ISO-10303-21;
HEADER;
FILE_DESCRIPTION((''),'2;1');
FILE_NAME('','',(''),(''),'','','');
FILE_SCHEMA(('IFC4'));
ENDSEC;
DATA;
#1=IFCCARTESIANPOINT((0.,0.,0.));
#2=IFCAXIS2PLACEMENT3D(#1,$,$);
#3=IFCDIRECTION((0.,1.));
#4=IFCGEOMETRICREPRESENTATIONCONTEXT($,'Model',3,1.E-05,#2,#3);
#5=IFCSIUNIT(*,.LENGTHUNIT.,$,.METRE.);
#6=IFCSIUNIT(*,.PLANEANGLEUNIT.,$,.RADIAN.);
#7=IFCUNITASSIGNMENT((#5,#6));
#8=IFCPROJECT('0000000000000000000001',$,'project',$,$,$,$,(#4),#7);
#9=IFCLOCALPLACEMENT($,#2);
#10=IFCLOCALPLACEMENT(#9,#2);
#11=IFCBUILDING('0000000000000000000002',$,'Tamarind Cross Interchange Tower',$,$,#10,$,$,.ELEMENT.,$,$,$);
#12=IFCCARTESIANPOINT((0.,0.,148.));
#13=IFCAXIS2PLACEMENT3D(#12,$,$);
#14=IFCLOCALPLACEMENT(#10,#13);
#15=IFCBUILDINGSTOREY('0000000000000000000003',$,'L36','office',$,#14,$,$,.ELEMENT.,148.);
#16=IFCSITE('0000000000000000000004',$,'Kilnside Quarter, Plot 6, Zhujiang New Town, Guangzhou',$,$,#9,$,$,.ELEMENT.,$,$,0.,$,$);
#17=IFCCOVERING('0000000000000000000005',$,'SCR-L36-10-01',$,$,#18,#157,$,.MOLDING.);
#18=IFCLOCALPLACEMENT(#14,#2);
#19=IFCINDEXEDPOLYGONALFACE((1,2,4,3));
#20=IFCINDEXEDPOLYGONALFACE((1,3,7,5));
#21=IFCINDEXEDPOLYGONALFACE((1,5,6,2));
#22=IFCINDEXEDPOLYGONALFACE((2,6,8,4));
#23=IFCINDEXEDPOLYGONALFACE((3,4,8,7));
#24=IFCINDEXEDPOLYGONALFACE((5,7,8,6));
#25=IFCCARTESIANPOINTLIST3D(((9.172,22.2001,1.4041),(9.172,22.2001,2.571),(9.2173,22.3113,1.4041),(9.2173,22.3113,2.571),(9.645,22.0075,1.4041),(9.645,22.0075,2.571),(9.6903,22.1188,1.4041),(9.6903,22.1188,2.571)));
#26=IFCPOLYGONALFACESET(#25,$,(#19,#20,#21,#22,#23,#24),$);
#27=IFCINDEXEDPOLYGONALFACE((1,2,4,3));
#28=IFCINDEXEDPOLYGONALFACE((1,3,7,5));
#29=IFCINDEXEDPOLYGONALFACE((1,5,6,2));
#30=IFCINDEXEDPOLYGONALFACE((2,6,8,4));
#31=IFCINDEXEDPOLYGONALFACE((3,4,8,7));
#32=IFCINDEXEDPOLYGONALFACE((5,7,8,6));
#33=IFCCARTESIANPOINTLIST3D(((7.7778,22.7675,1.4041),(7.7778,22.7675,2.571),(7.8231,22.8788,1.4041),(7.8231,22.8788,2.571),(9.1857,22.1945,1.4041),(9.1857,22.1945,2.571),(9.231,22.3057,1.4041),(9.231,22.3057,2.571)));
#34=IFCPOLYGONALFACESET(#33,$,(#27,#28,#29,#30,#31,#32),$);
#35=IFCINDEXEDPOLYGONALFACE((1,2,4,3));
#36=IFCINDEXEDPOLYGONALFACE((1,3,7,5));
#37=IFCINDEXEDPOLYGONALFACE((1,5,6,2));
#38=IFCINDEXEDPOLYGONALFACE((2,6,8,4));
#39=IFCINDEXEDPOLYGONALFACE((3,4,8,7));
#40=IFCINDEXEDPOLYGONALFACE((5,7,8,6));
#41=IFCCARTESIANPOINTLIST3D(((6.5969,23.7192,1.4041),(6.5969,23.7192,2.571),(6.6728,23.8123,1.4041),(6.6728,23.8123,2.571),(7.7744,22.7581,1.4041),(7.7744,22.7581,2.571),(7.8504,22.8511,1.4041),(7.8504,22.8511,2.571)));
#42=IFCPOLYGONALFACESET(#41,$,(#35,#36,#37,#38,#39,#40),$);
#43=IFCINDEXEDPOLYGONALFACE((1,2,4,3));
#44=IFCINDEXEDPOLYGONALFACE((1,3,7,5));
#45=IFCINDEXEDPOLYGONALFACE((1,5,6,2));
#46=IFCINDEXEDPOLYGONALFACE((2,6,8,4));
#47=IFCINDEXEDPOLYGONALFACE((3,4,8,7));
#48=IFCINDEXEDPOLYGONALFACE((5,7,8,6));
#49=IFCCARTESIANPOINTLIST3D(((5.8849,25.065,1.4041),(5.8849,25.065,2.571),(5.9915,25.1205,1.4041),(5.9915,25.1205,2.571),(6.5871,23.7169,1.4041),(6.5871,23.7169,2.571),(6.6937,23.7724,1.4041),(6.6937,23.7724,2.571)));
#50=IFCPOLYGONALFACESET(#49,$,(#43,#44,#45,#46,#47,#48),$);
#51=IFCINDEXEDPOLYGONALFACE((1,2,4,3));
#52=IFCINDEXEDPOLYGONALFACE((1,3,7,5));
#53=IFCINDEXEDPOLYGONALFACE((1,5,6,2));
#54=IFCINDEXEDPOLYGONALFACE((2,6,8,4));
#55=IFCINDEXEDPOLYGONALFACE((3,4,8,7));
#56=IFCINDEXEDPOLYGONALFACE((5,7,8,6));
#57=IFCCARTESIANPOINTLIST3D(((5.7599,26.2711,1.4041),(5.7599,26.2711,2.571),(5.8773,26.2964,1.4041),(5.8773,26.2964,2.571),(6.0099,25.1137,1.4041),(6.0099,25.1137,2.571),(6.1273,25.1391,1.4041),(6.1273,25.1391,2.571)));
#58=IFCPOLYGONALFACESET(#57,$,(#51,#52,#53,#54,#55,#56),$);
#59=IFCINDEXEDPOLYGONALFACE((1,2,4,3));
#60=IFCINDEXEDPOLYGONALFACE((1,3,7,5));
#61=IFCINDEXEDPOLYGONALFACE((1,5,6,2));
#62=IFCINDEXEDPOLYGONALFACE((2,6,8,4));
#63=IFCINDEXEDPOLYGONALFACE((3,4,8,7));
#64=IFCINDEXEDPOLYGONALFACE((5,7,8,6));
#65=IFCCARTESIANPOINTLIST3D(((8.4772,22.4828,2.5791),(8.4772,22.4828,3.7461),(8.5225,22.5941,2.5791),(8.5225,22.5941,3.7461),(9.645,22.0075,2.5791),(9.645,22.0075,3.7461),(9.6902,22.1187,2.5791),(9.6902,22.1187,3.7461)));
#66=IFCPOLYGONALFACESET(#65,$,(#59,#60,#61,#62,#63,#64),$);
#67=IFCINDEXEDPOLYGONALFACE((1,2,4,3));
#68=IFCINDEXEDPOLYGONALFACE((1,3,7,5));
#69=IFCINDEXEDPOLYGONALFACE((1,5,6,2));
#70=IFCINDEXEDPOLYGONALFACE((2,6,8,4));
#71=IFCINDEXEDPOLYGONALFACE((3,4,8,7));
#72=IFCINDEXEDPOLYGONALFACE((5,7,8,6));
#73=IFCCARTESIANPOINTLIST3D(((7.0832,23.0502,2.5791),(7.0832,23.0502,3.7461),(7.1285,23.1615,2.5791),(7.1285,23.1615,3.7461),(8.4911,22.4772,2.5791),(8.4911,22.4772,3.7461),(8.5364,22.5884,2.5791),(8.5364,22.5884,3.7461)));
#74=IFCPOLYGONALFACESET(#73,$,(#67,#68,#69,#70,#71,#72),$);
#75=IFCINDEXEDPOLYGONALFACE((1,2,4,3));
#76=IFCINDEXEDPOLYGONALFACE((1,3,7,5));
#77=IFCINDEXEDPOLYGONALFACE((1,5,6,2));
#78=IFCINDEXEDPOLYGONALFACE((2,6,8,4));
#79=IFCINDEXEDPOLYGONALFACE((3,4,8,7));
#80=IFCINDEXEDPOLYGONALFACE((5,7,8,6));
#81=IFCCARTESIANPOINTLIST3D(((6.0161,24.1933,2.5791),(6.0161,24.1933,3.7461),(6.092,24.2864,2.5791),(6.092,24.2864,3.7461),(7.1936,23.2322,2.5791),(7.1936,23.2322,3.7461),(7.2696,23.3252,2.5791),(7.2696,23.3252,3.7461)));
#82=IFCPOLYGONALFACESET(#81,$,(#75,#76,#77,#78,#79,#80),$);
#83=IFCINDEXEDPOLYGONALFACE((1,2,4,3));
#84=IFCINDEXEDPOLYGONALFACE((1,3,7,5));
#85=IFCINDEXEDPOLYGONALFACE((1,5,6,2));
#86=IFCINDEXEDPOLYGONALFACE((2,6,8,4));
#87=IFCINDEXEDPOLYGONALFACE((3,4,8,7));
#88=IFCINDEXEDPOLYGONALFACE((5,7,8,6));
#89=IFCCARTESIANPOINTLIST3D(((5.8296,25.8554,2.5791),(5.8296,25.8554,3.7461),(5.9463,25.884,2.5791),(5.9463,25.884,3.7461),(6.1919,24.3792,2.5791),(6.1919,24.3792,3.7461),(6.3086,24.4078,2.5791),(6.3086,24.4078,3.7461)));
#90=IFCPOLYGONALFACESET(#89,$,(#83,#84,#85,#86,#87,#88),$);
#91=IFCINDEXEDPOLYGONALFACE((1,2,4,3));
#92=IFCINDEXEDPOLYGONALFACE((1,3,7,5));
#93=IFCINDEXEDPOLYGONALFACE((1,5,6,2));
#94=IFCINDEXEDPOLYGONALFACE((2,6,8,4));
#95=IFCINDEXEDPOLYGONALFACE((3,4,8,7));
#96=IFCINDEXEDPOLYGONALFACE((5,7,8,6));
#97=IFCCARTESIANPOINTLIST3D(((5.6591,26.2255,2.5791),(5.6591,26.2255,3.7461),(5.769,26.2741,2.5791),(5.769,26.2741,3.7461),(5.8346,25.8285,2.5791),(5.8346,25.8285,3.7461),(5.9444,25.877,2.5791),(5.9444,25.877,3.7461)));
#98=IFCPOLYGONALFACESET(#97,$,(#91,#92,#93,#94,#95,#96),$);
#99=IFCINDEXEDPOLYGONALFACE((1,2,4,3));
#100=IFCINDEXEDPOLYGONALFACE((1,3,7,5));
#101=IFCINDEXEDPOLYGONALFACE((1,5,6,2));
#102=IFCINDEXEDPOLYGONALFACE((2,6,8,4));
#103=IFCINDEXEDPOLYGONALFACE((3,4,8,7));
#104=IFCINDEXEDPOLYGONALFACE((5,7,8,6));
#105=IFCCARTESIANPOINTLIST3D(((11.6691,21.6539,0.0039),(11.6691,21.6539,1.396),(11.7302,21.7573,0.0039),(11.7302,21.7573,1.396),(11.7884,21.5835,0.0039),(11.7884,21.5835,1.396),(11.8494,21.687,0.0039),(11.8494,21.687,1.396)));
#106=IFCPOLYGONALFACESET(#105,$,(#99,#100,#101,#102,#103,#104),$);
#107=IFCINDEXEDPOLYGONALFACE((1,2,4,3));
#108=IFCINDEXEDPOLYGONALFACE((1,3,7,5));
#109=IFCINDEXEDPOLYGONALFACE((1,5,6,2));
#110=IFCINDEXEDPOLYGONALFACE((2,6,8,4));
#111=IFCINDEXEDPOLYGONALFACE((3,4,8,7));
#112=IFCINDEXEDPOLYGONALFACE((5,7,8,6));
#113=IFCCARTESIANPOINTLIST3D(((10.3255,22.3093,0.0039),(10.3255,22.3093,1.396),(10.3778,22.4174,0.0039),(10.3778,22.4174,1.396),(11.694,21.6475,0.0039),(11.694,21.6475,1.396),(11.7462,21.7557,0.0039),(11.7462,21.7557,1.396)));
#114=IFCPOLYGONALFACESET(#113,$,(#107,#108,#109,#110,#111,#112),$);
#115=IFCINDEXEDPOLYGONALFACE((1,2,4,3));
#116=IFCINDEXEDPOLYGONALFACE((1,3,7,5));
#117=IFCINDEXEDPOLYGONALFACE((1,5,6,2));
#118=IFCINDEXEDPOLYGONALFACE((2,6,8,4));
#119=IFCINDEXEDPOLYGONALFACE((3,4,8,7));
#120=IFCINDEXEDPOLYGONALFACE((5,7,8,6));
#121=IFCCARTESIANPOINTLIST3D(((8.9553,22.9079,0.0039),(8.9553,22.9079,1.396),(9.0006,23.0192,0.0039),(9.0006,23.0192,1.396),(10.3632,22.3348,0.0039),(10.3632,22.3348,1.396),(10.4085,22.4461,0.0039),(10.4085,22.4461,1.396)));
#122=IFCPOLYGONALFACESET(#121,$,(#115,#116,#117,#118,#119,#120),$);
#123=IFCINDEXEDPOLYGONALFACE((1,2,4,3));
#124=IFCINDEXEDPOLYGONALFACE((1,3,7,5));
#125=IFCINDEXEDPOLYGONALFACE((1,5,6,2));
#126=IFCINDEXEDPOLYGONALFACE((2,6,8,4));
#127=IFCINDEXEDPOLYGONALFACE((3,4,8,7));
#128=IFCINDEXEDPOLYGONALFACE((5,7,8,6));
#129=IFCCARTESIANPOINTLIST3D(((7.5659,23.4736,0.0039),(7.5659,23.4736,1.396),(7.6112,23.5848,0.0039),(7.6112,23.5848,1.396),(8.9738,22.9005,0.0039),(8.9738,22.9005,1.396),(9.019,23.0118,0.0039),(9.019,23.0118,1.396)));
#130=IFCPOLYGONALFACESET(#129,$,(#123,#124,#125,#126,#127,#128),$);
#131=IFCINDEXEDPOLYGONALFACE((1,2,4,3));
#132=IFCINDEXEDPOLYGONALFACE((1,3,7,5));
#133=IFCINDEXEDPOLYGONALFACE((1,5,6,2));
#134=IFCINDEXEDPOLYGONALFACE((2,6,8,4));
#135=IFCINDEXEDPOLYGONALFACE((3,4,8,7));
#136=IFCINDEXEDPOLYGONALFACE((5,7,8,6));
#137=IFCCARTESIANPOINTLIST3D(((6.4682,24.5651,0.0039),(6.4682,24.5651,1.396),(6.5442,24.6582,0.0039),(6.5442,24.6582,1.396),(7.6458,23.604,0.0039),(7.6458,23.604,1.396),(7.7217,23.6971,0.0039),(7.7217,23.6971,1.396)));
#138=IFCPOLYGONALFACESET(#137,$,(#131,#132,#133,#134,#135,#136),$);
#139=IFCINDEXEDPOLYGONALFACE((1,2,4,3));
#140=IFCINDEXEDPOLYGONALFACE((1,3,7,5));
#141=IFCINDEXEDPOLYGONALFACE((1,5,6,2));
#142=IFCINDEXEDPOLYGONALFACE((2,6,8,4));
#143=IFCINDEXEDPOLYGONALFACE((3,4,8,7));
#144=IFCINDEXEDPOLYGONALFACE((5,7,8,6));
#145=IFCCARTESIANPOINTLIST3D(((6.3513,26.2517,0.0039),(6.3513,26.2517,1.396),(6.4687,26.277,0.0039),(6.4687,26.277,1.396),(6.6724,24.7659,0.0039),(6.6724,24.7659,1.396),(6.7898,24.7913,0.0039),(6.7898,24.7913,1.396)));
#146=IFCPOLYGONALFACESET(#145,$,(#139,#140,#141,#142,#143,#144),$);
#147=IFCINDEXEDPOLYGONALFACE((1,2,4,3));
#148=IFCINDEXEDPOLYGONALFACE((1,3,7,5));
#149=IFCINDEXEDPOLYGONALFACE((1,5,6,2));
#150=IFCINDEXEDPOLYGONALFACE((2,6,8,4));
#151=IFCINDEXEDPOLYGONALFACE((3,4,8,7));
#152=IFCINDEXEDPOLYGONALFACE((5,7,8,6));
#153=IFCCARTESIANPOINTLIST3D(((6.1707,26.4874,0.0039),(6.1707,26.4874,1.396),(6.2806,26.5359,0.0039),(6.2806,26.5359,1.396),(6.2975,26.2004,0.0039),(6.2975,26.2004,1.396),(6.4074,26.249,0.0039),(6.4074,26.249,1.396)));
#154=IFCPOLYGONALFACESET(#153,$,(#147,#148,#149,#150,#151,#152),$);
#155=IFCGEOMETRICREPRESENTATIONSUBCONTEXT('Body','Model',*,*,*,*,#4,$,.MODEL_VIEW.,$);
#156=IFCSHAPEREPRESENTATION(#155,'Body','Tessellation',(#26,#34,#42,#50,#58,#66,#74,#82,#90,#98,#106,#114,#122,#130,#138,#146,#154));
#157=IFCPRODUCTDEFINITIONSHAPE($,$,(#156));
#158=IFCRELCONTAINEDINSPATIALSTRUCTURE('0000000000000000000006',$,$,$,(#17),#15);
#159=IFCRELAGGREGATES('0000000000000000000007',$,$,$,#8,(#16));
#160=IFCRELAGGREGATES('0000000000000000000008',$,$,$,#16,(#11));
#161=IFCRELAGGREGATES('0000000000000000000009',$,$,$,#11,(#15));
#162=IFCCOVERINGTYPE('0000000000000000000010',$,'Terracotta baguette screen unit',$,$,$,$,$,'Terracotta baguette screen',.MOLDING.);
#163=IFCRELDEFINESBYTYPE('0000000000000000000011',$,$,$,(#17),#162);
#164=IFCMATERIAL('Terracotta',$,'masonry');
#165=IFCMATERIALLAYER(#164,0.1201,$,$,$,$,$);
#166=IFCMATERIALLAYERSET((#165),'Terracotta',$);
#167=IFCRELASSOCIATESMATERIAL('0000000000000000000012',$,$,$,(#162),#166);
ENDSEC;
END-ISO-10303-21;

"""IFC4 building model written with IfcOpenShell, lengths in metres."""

from ifc_helpers import new_model, si_unit, direction, frame, origin, origin_2d, place, context, subcontext, project, spatial, rectangle, extrude, material, layer, layer_set, type_object, element, save


model = new_model("IFC4")

# Units and contexts
model_context = context("Model", 3, precision=1e-05, world=origin(), true_north=direction((0.0, 1.0)))
body_context = subcontext(model_context, "Body", "Model", "MODEL_VIEW")
ifc_project = project(units=[si_unit("LENGTHUNIT", "METRE"), si_unit("PLANEANGLEUNIT", "RADIAN")], contexts=[model_context])

# Site, building, storey
site_placement = place(None, origin())
site = spatial("IfcSite", under=ifc_project, at=site_placement, Name="Kilnside Quarter, Plot 6, Zhujiang New Town, Guangzhou", CompositionType="ELEMENT", RefElevation=0.0)
building_placement = place(site_placement, origin())
building = spatial("IfcBuilding", under=site, at=building_placement, Name="Tamarind Cross Interchange Tower", CompositionType="ELEMENT")
storey_placement = place(building_placement, frame((0.0, 0.0, 148.0)))
storey = spatial("IfcBuildingStorey", under=building, at=storey_placement, Name="L36", Description="office", CompositionType="ELEMENT", Elevation=148.0)

# Covering
ifc_material_1 = material(Name="Terracotta", Category="masonry")
ifc_layer_1 = layer(ifc_material_1, 0.1201)
ifc_layer_set_1 = layer_set([ifc_layer_1], Name="Terracotta")
covering_type = type_object("IfcCoveringType", Name="Terracotta baguette screen unit", ElementType="Terracotta baguette screen", PredefinedType="MOLDING", material=ifc_layer_set_1)
covering_1_placement = place(storey_placement, origin())
element("IfcCovering", 1, at=covering_1_placement, inside=storey, type_object=covering_type, Name="SCR-L36-10-01", PredefinedType="MOLDING", context=body_context, shape_type="SweptSolid", body=[
    extrude(rectangle(XDim=0.5107, YDim=0.1201, at=origin_2d()), frame((9.4312, 22.1594, 1.4041), z_axis=(0.0, 0.0, 1.0), x_axis=(-0.926207, 0.377016, 0.0)), (0.0, 0.0, 1.0), 1.167),
    extrude(rectangle(XDim=1.52, YDim=0.1201, at=origin_2d()), frame((8.5044, 22.5366, 1.4041), z_axis=(0.0, 0.0, 1.0), x_axis=(-0.926207, 0.377016, 0.0)), (0.0, 0.0, 1.0), 1.167),
    extrude(rectangle(XDim=1.52, YDim=0.1201, at=origin_2d()), frame((7.2236, 23.2852, 1.4041), z_axis=(0.0, 0.0, 1.0), x_axis=(-0.77471, 0.632316, 0.0)), (0.0, 0.0, 1.0), 1.167),
    extrude(rectangle(XDim=1.52, YDim=0.1201, at=origin_2d()), frame((6.2893, 24.4187, 1.4041), z_axis=(0.0, 0.0, 1.0), x_axis=(-0.461967, 0.886897, 0.0)), (0.0, 0.0, 1.0), 1.167),
    extrude(rectangle(XDim=1.1841, YDim=0.1201, at=origin_2d()), frame((5.9436, 25.7051, 1.4041), z_axis=(0.0, 0.0, 1.0), x_axis=(-0.211203, 0.977442, 0.0)), (0.0, 0.0, 1.0), 1.167),
    extrude(rectangle(XDim=1.2607, YDim=0.1201, at=origin_2d()), frame((9.0837, 22.3008, 2.5791), z_axis=(0.0, 0.0, 1.0), x_axis=(-0.926207, 0.377016, 0.0)), (0.0, 0.0, 1.0), 1.167),
    extrude(rectangle(XDim=1.52, YDim=0.1201, at=origin_2d()), frame((7.8098, 22.8193, 2.5791), z_axis=(0.0, 0.0, 1.0), x_axis=(-0.926207, 0.377016, 0.0)), (0.0, 0.0, 1.0), 1.167),
    extrude(rectangle(XDim=1.52, YDim=0.1201, at=origin_2d()), frame((6.6428, 23.7593, 2.5791), z_axis=(0.0, 0.0, 1.0), x_axis=(-0.77471, 0.632316, 0.0)), (0.0, 0.0, 1.0), 1.167),
    extrude(rectangle(XDim=1.52, YDim=0.1201, at=origin_2d()), frame((6.0691, 25.1316, 2.5791), z_axis=(0.0, 0.0, 1.0), x_axis=(-0.238376, 0.971173, 0.0)), (0.0, 0.0, 1.0), 1.167),
    extrude(rectangle(XDim=0.4341, YDim=0.1201, at=origin_2d()), frame((5.8018, 26.0513, 2.5791), z_axis=(0.0, 0.0, 1.0), x_axis=(-0.404248, 0.914649, 0.0)), (0.0, 0.0, 1.0), 1.167),
    extrude(rectangle(XDim=0.1384, YDim=0.1201, at=origin_2d()), frame((11.7593, 21.6704, 0.0039), z_axis=(0.0, 0.0, 1.0), x_axis=(-0.861249, 0.508183, 0.0)), (0.0, 0.0, 1.0), 1.3921),
    extrude(rectangle(XDim=1.52, YDim=0.1201, at=origin_2d()), frame((11.0359, 22.0325, 0.0039), z_axis=(0.0, 0.0, 1.0), x_axis=(-0.900273, 0.435326, 0.0)), (0.0, 0.0, 1.0), 1.3921),
    extrude(rectangle(XDim=1.52, YDim=0.1201, at=origin_2d()), frame((9.6819, 22.677, 0.0039), z_axis=(0.0, 0.0, 1.0), x_axis=(-0.926207, 0.377016, 0.0)), (0.0, 0.0, 1.0), 1.3921),
    extrude(rectangle(XDim=1.52, YDim=0.1201, at=origin_2d()), frame((8.2925, 23.2427, 0.0039), z_axis=(0.0, 0.0, 1.0), x_axis=(-0.926207, 0.377016, 0.0)), (0.0, 0.0, 1.0), 1.3921),
    extrude(rectangle(XDim=1.52, YDim=0.1201, at=origin_2d()), frame((7.095, 24.1311, 0.0039), z_axis=(0.0, 0.0, 1.0), x_axis=(-0.77471, 0.632316, 0.0)), (0.0, 0.0, 1.0), 1.3921),
    extrude(rectangle(XDim=1.52, YDim=0.1201, at=origin_2d()), frame((6.5706, 25.5215, 0.0039), z_axis=(0.0, 0.0, 1.0), x_axis=(-0.211203, 0.977442, 0.0)), (0.0, 0.0, 1.0), 1.3921),
    extrude(rectangle(XDim=0.3137, YDim=0.1201, at=origin_2d()), frame((6.2891, 26.3682, 0.0039), z_axis=(0.0, 0.0, 1.0), x_axis=(-0.404248, 0.914649, 0.0)), (0.0, 0.0, 1.0), 1.3921),
])

save(model, "model.ifc")
